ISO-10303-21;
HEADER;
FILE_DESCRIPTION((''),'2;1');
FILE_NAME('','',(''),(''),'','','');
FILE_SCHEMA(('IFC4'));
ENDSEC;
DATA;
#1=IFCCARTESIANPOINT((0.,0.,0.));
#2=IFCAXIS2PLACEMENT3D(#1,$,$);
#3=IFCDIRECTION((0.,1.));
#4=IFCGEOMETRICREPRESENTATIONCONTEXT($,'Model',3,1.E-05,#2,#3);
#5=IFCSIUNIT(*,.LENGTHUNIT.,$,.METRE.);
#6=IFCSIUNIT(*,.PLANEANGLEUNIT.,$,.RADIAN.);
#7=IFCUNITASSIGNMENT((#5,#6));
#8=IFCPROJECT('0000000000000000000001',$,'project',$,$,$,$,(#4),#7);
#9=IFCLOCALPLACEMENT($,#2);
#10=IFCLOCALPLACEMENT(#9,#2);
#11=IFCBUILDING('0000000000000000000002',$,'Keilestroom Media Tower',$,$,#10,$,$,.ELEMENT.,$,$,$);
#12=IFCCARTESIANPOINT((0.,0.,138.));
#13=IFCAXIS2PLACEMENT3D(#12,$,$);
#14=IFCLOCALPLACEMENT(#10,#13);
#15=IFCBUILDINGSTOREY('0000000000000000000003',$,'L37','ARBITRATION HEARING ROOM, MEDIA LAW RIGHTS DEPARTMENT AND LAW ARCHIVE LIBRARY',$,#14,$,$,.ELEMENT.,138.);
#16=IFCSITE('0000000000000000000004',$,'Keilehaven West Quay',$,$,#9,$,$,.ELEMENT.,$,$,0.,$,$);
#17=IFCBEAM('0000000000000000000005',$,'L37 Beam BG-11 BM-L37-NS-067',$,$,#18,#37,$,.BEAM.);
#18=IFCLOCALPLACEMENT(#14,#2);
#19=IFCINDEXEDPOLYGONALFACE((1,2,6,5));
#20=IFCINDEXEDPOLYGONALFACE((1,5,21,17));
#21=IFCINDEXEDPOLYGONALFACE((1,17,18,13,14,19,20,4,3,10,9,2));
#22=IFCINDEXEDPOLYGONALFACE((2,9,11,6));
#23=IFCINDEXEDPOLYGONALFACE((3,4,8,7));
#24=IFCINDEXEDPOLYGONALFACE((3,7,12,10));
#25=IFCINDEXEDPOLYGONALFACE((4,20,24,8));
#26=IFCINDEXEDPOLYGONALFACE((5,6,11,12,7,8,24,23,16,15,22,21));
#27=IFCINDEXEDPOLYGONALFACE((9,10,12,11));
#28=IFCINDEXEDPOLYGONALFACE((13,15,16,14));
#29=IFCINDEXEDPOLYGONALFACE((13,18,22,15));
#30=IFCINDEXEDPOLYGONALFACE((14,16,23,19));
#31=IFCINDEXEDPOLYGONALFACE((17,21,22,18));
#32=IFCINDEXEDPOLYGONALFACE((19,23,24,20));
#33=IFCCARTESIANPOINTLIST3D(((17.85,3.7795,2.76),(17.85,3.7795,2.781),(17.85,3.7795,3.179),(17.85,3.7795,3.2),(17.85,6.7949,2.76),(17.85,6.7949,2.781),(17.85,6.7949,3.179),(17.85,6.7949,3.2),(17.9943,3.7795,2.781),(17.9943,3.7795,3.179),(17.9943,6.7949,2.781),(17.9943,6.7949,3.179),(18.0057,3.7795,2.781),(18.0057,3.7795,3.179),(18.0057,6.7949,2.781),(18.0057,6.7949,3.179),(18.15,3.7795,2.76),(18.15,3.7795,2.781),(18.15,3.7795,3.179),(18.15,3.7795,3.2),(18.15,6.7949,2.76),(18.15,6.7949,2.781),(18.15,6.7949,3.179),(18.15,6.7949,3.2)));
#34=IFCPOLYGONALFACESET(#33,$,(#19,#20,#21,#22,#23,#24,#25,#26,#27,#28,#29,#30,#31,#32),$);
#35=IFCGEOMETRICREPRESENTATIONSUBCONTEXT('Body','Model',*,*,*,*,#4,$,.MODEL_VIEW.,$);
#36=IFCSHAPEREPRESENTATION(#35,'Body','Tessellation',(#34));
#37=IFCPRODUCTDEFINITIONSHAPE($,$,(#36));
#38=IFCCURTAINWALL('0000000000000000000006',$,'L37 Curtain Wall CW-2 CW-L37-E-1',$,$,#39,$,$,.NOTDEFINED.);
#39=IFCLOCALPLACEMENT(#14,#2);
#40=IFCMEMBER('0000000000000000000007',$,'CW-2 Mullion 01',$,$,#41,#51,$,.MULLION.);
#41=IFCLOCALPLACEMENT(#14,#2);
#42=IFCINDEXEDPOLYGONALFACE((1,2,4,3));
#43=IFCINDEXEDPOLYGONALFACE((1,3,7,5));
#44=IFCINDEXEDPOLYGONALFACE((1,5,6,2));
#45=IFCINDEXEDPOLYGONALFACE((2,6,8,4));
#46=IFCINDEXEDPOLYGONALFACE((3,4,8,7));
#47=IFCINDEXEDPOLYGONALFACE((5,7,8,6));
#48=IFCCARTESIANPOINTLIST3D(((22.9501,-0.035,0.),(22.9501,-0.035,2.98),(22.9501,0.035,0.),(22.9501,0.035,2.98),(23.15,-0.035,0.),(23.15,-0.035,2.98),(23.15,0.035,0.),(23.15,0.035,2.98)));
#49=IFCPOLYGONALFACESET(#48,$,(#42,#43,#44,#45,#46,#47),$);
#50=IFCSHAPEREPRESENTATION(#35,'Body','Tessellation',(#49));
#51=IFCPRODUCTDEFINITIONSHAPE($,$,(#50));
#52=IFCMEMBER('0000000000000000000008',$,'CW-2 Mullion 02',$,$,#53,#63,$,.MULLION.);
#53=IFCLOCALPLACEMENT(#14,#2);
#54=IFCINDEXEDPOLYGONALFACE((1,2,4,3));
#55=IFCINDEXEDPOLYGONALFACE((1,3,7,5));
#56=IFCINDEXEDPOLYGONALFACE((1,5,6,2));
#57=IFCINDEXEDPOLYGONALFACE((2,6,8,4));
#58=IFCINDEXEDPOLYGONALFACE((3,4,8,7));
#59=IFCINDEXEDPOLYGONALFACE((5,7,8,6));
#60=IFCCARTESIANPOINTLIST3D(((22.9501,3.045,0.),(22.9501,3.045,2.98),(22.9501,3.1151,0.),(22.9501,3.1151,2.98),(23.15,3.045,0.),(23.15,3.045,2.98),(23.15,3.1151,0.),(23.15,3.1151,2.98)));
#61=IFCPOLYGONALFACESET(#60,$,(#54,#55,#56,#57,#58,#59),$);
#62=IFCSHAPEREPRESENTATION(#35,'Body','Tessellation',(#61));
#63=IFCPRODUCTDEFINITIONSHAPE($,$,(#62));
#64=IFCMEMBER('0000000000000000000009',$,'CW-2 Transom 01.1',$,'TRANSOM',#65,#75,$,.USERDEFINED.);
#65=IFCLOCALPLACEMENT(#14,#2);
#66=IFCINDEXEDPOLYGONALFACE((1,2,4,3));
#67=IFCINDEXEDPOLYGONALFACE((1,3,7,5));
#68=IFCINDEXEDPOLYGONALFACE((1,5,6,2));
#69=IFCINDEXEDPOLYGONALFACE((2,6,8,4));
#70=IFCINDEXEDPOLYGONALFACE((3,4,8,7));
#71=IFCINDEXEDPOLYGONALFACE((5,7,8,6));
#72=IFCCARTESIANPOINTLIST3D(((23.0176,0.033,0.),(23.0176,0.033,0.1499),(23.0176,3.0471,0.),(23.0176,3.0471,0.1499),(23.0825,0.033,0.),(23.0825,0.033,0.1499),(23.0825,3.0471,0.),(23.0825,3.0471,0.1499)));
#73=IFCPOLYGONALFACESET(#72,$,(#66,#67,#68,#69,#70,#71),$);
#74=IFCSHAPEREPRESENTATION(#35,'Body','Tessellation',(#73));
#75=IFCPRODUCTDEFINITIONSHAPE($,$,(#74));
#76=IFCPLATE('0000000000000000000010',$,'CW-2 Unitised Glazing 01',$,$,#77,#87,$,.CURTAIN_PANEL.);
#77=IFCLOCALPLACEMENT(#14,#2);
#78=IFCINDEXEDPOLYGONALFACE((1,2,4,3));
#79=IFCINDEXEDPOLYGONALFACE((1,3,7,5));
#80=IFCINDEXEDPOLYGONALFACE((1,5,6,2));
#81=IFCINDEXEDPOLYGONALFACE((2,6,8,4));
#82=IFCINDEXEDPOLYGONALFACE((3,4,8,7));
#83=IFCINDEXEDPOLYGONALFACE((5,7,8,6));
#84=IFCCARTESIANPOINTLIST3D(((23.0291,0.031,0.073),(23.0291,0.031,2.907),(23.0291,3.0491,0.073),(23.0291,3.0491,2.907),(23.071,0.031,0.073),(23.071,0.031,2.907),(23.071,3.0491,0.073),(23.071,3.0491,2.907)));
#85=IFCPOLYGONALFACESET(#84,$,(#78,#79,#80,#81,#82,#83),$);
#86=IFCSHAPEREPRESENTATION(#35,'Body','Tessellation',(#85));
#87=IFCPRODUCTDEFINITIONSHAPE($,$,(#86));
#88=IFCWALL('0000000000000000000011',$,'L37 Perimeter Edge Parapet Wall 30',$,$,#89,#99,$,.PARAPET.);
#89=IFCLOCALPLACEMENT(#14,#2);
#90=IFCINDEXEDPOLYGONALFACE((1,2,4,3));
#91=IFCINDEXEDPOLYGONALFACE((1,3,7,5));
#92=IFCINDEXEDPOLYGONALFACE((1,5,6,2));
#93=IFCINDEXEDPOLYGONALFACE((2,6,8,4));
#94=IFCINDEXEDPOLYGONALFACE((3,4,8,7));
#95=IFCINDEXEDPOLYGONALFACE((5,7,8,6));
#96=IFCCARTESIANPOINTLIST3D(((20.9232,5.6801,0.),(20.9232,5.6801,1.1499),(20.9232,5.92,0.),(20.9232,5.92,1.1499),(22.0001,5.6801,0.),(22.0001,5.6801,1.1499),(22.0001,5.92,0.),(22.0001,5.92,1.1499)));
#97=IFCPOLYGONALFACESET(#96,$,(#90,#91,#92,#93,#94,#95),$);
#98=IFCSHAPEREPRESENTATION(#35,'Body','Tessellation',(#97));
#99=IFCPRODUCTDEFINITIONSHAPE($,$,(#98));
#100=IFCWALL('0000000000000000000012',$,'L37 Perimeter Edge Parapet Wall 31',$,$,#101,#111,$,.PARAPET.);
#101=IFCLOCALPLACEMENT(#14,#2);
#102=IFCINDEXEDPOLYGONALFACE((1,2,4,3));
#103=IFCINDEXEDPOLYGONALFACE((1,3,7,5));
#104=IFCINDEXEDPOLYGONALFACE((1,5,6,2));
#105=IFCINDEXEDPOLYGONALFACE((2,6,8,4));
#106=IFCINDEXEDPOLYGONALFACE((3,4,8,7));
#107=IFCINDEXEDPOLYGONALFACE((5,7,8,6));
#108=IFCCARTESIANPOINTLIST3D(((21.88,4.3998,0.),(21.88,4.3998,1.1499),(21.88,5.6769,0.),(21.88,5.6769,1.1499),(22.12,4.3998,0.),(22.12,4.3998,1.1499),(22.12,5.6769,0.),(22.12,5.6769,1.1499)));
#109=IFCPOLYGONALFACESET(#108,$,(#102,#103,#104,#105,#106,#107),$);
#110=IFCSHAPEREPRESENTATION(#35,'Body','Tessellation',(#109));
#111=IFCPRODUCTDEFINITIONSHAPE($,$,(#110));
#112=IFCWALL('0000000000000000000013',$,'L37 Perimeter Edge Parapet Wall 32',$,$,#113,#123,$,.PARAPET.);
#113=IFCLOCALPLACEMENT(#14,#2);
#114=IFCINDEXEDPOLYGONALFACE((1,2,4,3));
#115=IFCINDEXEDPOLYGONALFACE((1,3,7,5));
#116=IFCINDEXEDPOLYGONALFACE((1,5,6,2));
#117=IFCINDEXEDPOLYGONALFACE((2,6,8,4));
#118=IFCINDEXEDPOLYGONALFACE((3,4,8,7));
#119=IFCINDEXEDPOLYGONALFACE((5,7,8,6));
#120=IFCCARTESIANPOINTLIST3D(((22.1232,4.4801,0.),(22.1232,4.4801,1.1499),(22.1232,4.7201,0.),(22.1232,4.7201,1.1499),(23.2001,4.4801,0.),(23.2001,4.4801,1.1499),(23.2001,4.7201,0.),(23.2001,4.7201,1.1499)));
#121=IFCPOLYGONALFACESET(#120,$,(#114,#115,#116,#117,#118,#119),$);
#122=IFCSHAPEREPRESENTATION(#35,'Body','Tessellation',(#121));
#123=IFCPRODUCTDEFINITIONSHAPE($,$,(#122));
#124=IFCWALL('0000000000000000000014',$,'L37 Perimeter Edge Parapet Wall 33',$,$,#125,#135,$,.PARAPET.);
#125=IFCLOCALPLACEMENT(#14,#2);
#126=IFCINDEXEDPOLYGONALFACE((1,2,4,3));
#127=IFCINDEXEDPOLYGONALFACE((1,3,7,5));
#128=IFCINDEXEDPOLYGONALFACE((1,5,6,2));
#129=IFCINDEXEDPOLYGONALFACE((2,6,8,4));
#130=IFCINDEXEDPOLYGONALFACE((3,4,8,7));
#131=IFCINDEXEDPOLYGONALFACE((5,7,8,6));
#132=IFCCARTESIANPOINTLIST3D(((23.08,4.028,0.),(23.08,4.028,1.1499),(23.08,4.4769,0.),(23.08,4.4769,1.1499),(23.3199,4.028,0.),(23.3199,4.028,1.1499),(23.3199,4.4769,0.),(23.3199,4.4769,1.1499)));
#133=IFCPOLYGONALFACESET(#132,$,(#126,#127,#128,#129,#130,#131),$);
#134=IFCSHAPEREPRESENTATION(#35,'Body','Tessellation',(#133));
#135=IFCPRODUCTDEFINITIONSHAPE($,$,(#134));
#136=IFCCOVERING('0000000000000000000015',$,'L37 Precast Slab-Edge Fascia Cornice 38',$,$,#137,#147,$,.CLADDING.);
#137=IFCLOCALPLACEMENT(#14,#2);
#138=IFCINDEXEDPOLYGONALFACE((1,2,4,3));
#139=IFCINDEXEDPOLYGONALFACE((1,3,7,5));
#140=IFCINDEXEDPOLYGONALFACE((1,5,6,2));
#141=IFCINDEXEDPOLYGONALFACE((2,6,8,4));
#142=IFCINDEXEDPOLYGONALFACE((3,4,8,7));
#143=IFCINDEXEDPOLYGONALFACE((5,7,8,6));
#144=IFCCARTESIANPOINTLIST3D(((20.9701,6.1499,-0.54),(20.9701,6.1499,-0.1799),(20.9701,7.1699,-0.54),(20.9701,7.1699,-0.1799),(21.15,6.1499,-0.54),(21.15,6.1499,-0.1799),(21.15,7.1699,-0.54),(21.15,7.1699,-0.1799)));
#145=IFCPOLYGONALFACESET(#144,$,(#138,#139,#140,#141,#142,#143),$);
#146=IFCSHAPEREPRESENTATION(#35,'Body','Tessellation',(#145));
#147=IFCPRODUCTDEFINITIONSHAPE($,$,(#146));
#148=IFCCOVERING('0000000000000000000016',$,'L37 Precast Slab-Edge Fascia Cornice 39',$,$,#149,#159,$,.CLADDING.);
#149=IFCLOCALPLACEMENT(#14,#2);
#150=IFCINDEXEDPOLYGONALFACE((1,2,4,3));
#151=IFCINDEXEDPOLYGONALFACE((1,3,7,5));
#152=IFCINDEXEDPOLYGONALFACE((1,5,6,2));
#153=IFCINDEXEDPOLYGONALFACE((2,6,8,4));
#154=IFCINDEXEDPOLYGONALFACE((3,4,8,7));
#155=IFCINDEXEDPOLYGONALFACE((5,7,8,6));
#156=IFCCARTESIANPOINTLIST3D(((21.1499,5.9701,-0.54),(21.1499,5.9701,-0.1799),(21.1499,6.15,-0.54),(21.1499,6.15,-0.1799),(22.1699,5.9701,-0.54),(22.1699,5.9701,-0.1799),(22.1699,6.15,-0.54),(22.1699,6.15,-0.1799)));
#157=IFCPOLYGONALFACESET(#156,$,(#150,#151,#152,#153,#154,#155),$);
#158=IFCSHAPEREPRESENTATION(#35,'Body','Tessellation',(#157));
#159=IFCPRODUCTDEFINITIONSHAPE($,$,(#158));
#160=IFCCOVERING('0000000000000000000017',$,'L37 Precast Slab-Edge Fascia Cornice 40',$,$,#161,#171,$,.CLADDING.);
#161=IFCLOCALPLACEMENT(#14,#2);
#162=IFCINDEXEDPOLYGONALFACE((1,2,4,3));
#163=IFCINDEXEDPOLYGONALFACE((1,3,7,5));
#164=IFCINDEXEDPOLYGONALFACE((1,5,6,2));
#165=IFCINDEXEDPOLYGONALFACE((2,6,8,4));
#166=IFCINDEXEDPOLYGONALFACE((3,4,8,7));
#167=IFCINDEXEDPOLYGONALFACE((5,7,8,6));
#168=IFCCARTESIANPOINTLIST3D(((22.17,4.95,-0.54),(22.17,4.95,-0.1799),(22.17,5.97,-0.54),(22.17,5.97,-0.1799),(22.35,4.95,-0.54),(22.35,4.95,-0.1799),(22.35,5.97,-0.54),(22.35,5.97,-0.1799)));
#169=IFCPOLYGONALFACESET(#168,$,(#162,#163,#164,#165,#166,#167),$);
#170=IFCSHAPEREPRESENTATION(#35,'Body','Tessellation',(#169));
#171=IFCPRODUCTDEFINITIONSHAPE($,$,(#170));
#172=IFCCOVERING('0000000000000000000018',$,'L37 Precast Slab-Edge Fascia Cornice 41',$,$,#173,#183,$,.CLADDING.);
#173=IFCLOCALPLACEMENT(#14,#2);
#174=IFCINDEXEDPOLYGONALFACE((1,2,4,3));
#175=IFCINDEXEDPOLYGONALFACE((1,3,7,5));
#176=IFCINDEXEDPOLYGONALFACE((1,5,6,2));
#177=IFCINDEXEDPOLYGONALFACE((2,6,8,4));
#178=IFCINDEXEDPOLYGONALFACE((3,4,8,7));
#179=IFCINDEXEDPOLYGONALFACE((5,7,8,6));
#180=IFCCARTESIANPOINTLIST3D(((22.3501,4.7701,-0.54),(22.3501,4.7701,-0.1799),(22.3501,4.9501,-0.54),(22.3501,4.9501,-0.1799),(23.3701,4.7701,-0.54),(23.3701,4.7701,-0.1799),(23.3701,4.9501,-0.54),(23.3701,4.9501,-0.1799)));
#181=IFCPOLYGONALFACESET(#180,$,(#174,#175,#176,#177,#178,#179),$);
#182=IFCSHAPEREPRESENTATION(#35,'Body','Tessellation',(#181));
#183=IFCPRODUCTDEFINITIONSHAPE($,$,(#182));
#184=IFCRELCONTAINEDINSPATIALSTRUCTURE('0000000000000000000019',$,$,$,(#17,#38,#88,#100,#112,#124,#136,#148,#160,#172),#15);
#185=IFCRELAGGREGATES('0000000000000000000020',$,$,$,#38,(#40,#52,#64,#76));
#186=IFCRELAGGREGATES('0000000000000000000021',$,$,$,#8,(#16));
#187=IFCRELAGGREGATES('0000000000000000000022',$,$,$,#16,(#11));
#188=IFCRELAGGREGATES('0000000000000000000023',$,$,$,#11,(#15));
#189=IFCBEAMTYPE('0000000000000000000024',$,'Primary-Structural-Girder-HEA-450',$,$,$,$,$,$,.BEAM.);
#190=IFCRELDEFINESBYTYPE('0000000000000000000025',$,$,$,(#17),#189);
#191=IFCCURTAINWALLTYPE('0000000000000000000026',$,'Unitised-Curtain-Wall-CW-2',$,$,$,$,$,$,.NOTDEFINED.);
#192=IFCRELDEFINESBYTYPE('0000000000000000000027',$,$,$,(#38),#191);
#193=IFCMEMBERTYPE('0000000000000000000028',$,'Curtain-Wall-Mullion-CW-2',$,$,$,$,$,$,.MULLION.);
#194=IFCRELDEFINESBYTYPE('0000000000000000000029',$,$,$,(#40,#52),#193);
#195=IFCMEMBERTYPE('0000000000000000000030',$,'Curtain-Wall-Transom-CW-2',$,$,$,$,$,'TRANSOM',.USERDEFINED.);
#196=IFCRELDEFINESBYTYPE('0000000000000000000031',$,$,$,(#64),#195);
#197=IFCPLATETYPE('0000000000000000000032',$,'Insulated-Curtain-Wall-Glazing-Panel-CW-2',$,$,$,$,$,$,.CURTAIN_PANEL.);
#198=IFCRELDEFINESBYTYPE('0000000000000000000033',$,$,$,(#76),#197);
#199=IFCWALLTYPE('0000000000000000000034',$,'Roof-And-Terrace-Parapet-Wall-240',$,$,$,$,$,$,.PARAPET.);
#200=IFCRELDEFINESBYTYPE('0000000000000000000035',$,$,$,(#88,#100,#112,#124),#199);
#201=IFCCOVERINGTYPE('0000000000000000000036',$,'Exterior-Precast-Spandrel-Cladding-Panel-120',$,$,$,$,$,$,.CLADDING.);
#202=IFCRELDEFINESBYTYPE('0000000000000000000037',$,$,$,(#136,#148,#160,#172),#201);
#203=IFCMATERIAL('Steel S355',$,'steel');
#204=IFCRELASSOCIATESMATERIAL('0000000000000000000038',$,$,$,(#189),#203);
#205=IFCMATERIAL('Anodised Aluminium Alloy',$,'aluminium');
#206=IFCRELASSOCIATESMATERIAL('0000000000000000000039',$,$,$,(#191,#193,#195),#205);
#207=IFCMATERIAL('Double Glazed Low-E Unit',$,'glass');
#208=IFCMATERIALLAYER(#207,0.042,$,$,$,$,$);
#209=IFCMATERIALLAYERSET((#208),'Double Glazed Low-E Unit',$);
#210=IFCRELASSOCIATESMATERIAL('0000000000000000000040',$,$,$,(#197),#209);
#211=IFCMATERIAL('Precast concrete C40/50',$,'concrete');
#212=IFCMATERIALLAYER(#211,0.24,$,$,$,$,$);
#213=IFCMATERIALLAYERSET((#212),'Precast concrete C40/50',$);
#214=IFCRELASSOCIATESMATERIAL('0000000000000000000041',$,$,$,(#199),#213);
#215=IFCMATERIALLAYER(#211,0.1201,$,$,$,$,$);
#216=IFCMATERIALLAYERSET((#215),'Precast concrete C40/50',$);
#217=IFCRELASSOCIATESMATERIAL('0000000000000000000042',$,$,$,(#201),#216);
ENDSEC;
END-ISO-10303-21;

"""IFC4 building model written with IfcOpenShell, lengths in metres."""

from ifc_helpers import new_model, si_unit, direction, frame, frame_2d, origin, origin_2d, place, context, subcontext, project, spatial, rectangle, i_section, extrude, source, transform, mapped, material, layer, layer_set, material_profile, profile_set, type_object, element, aggregate, save


model = new_model("IFC4")

# Units and contexts
model_context = context("Model", 3, precision=1e-05, world=origin(), true_north=direction((0.0, 1.0)))
body_context = subcontext(model_context, "Body", "Model", "MODEL_VIEW")
ifc_project = project(units=[si_unit("LENGTHUNIT", "METRE"), si_unit("PLANEANGLEUNIT", "RADIAN")], contexts=[model_context])

# Site, building, storey
site_placement = place(None, origin())
site = spatial("IfcSite", under=ifc_project, at=site_placement, Name="Keilehaven West Quay", CompositionType="ELEMENT", RefElevation=0.0)
building_placement = place(site_placement, origin())
building = spatial("IfcBuilding", under=site, at=building_placement, Name="Keilestroom Media Tower", CompositionType="ELEMENT")
storey_placement = place(building_placement, frame((0.0, 0.0, 138.0)))
storey = spatial("IfcBuildingStorey", under=building, at=storey_placement, Name="L37", Description="ARBITRATION HEARING ROOM, MEDIA LAW RIGHTS DEPARTMENT AND LAW ARCHIVE LIBRARY", CompositionType="ELEMENT", Elevation=138.0)

# Shared definitions
ifc_material_1 = material(Name="Precast concrete C40/50", Category="concrete")
ifc_material_2 = material(Name="Steel S355", Category="steel")

# Beam
ifc_material_profile_1 = material_profile(ifc_material_2, i_section(OverallWidth=0.3, OverallDepth=0.4399, WebThickness=0.0115, FlangeThickness=0.021, at=origin_2d()), Name="HEA 450")
ifc_profile_set_1 = profile_set([ifc_material_profile_1], Name="Steel S355")
beam_type_1 = type_object("IfcBeamType", Name="Primary-Structural-Girder-HEA-450", PredefinedType="BEAM", material=ifc_profile_set_1)
shared_shape_1 = source(origin(), body_context, "Body", "SweptSolid", [
    extrude(i_section(OverallWidth=0.3, OverallDepth=0.4399, WebThickness=0.0115, FlangeThickness=0.021, at=origin_2d()), origin(), (0.0, 0.0, 1.0), 3.0154),
])
beam_1_placement = place(storey_placement, frame((18.0, 3.7795, 2.98), z_axis=(0.0, 1.0, 0.0), x_axis=(-1.0, 0.0, 0.0)))
element("IfcBeam", 1, at=beam_1_placement, inside=storey, type_object=beam_type_1, Name="L37 Beam BG-11 BM-L37-NS-067", PredefinedType="BEAM", context=body_context, shape_type="MappedRepresentation", body=[
    mapped(shared_shape_1, transform((0.0, 0.0, 0.0), x_axis=(1.0, 0.0, 0.0), y_axis=(0.0, 1.0, 0.0), z_axis=(0.0, 0.0, 1.0), scale=1.0)),
])

# Curtain wall, members, plate
ifc_material_3 = material(Name="Anodised Aluminium Alloy", Category="aluminium")
curtain_wall_type = type_object("IfcCurtainWallType", Name="Unitised-Curtain-Wall-CW-2", PredefinedType="NOTDEFINED", material=ifc_material_3)
curtain_wall_placement = place(storey_placement, origin())
curtain_wall = element("IfcCurtainWall", 2, at=curtain_wall_placement, inside=storey, type_object=curtain_wall_type, Name="L37 Curtain Wall CW-2 CW-L37-E-1", PredefinedType="NOTDEFINED")
ifc_material_profile_2 = material_profile(ifc_material_3, rectangle(XDim=0.0701, YDim=0.2, at=origin_2d()), Name="ALU MULLION 70x200")
ifc_profile_set_2 = profile_set([ifc_material_profile_2], Name="Anodised Aluminium Alloy")
member_type_1 = type_object("IfcMemberType", Name="Curtain-Wall-Mullion-CW-2", PredefinedType="MULLION", material=ifc_profile_set_2)
shared_shape_2 = source(origin(), body_context, "Body", "SweptSolid", [
    extrude(rectangle(XDim=0.0701, YDim=0.2, at=origin_2d()), origin(), (0.0, 0.0, 1.0), 2.98),
])
member_1_placement = place(storey_placement, frame((23.05, 0.0, 0.0), z_axis=(0.0, 0.0, 1.0), x_axis=(0.0, 1.0, 0.0)))
member_1 = element("IfcMember", 3, at=member_1_placement, type_object=member_type_1, Name="CW-2 Mullion 01", PredefinedType="MULLION", context=body_context, shape_type="MappedRepresentation", body=[
    mapped(shared_shape_2, transform((0.0, 0.0, 0.0), x_axis=(1.0, 0.0, 0.0), y_axis=(0.0, 1.0, 0.0), z_axis=(0.0, 0.0, 1.0), scale=1.0)),
])
member_2_placement = place(storey_placement, frame((23.05, 3.0801, 0.0), z_axis=(0.0, 0.0, 1.0), x_axis=(0.0, 1.0, 0.0)))
member_2 = element("IfcMember", 4, at=member_2_placement, type_object=member_type_1, Name="CW-2 Mullion 02", PredefinedType="MULLION", context=body_context, shape_type="MappedRepresentation", body=[
    mapped(shared_shape_2, transform((0.0, 0.0, 0.0), x_axis=(1.0, 0.0, 0.0), y_axis=(0.0, 1.0, 0.0), z_axis=(0.0, 0.0, 1.0), scale=1.0)),
])
ifc_material_profile_3 = material_profile(ifc_material_3, rectangle(XDim=0.0649, YDim=0.1499, at=origin_2d()), Name="ALU TRANSOM 65x150")
ifc_profile_set_3 = profile_set([ifc_material_profile_3], Name="Anodised Aluminium Alloy")
member_type_2 = type_object("IfcMemberType", Name="Curtain-Wall-Transom-CW-2", ElementType="TRANSOM", PredefinedType="USERDEFINED", material=ifc_profile_set_3)
shared_shape_3 = source(origin(), body_context, "Body", "SweptSolid", [
    extrude(rectangle(XDim=0.0649, YDim=0.1499, at=origin_2d()), origin(), (0.0, 0.0, 1.0), 3.0142),
])
member_3_placement = place(storey_placement, frame((23.05, 0.033, 0.075), z_axis=(0.0, 1.0, 0.0), x_axis=(-1.0, 0.0, 0.0)))
member_3 = element("IfcMember", 5, at=member_3_placement, type_object=member_type_2, Name="CW-2 Transom 01.1", ObjectType="TRANSOM", PredefinedType="USERDEFINED", context=body_context, shape_type="MappedRepresentation", body=[
    mapped(shared_shape_3, transform((0.0, 0.0, 0.0), x_axis=(1.0, 0.0, 0.0), y_axis=(0.0, 1.0, 0.0), z_axis=(0.0, 0.0, 1.0), scale=1.0)),
])
ifc_material_4 = material(Name="Double Glazed Low-E Unit", Category="glass")
ifc_layer_1 = layer(ifc_material_4, 0.042)
ifc_layer_set_1 = layer_set([ifc_layer_1], Name="Double Glazed Low-E Unit")
plate_type = type_object("IfcPlateType", Name="Insulated-Curtain-Wall-Glazing-Panel-CW-2", PredefinedType="CURTAIN_PANEL", material=ifc_layer_set_1)
shared_shape_4 = source(origin(), body_context, "Body", "SweptSolid", [
    extrude(rectangle(XDim=3.0181, YDim=0.042, at=origin_2d()), origin(), (0.0, 0.0, 1.0), 2.834),
])
plate_placement = place(storey_placement, frame((23.05, 1.54, 0.073), z_axis=(0.0, 0.0, 1.0), x_axis=(0.0, 1.0, 0.0)))
plate = element("IfcPlate", 6, at=plate_placement, type_object=plate_type, Name="CW-2 Unitised Glazing 01", PredefinedType="CURTAIN_PANEL", context=body_context, shape_type="MappedRepresentation", body=[
    mapped(shared_shape_4, transform((0.0, 0.0, 0.0), x_axis=(1.0, 0.0, 0.0), y_axis=(0.0, 1.0, 0.0), z_axis=(0.0, 0.0, 1.0), scale=1.0)),
])
aggregate(curtain_wall, [member_1, member_2, member_3, plate])

# Walls
ifc_layer_2 = layer(ifc_material_1, 0.24)
ifc_layer_set_2 = layer_set([ifc_layer_2], Name="Precast concrete C40/50")
wall_type = type_object("IfcWallType", Name="Roof-And-Terrace-Parapet-Wall-240", PredefinedType="PARAPET", material=ifc_layer_set_2)
wall_1_placement = place(storey_placement, frame((20.9231, 5.8, 0.0), z_axis=(0.0, 0.0, 1.0), x_axis=(1.0, 0.0, 0.0)))
element("IfcWall", 7, at=wall_1_placement, inside=storey, type_object=wall_type, Name="L37 Perimeter Edge Parapet Wall 30", PredefinedType="PARAPET", context=body_context, shape_type="SweptSolid", body=[
    extrude(rectangle(XDim=1.0769, YDim=0.24, at=frame_2d((0.5386, 0.0))), origin(), (0.0, 0.0, 1.0), 1.1499),
])
wall_2_placement = place(storey_placement, frame((22.0, 5.677, 0.0), z_axis=(0.0, 0.0, 1.0), x_axis=(0.0, -1.0, 0.0)))
element("IfcWall", 8, at=wall_2_placement, inside=storey, type_object=wall_type, Name="L37 Perimeter Edge Parapet Wall 31", PredefinedType="PARAPET", context=body_context, shape_type="SweptSolid", body=[
    extrude(rectangle(XDim=1.2771, YDim=0.24, at=frame_2d((0.6387, 0.0))), origin(), (0.0, 0.0, 1.0), 1.1499),
])
wall_3_placement = place(storey_placement, frame((22.123, 4.6001, 0.0), z_axis=(0.0, 0.0, 1.0), x_axis=(1.0, 0.0, 0.0)))
element("IfcWall", 9, at=wall_3_placement, inside=storey, type_object=wall_type, Name="L37 Perimeter Edge Parapet Wall 32", PredefinedType="PARAPET", context=body_context, shape_type="SweptSolid", body=[
    extrude(rectangle(XDim=1.0769, YDim=0.24, at=frame_2d((0.5386, 0.0))), origin(), (0.0, 0.0, 1.0), 1.1499),
])
wall_4_placement = place(storey_placement, frame((23.2, 4.4771, 0.0), z_axis=(0.0, 0.0, 1.0), x_axis=(0.0, -1.0, 0.0)))
element("IfcWall", 10, at=wall_4_placement, inside=storey, type_object=wall_type, Name="L37 Perimeter Edge Parapet Wall 33", PredefinedType="PARAPET", context=body_context, shape_type="SweptSolid", body=[
    extrude(rectangle(XDim=0.449, YDim=0.24, at=frame_2d((0.2246, 0.0))), origin(), (0.0, 0.0, 1.0), 1.1499),
])

# Coverings
ifc_layer_3 = layer(ifc_material_1, 0.1201)
ifc_layer_set_3 = layer_set([ifc_layer_3], Name="Precast concrete C40/50")
covering_type = type_object("IfcCoveringType", Name="Exterior-Precast-Spandrel-Cladding-Panel-120", PredefinedType="CLADDING", material=ifc_layer_set_3)
shared_shape_5 = source(origin(), body_context, "Body", "SweptSolid", [
    extrude(rectangle(XDim=1.02, YDim=0.1799, at=origin_2d()), origin(), (0.0, 0.0, 1.0), 0.3601),
])
for number, where, z_axis, x_axis, name in (
    (11, (21.0601, 6.6599, -0.54), (0.0, 0.0, 1.0), (0.0, -1.0, 0.0), "L37 Precast Slab-Edge Fascia Cornice 38"),
    (12, (21.6599, 6.0601, -0.54), (0.0, 0.0, 1.0), (1.0, 0.0, 0.0), "L37 Precast Slab-Edge Fascia Cornice 39"),
    (13, (22.26, 5.46, -0.54), (0.0, 0.0, 1.0), (0.0, -1.0, 0.0), "L37 Precast Slab-Edge Fascia Cornice 40"),
    (14, (22.8601, 4.8601, -0.54), (0.0, 0.0, 1.0), (1.0, 0.0, 0.0), "L37 Precast Slab-Edge Fascia Cornice 41"),
):
    element("IfcCovering", number, at=place(storey_placement, frame(where, z_axis=z_axis, x_axis=x_axis)), inside=storey, type_object=covering_type, Name=name, PredefinedType="CLADDING", context=body_context, shape_type="MappedRepresentation", body=[
        mapped(shared_shape_5, transform((0.0, 0.0, 0.0), x_axis=(1.0, 0.0, 0.0), y_axis=(0.0, 1.0, 0.0), z_axis=(0.0, 0.0, 1.0), scale=1.0)),
    ])

save(model, "model.ifc")
